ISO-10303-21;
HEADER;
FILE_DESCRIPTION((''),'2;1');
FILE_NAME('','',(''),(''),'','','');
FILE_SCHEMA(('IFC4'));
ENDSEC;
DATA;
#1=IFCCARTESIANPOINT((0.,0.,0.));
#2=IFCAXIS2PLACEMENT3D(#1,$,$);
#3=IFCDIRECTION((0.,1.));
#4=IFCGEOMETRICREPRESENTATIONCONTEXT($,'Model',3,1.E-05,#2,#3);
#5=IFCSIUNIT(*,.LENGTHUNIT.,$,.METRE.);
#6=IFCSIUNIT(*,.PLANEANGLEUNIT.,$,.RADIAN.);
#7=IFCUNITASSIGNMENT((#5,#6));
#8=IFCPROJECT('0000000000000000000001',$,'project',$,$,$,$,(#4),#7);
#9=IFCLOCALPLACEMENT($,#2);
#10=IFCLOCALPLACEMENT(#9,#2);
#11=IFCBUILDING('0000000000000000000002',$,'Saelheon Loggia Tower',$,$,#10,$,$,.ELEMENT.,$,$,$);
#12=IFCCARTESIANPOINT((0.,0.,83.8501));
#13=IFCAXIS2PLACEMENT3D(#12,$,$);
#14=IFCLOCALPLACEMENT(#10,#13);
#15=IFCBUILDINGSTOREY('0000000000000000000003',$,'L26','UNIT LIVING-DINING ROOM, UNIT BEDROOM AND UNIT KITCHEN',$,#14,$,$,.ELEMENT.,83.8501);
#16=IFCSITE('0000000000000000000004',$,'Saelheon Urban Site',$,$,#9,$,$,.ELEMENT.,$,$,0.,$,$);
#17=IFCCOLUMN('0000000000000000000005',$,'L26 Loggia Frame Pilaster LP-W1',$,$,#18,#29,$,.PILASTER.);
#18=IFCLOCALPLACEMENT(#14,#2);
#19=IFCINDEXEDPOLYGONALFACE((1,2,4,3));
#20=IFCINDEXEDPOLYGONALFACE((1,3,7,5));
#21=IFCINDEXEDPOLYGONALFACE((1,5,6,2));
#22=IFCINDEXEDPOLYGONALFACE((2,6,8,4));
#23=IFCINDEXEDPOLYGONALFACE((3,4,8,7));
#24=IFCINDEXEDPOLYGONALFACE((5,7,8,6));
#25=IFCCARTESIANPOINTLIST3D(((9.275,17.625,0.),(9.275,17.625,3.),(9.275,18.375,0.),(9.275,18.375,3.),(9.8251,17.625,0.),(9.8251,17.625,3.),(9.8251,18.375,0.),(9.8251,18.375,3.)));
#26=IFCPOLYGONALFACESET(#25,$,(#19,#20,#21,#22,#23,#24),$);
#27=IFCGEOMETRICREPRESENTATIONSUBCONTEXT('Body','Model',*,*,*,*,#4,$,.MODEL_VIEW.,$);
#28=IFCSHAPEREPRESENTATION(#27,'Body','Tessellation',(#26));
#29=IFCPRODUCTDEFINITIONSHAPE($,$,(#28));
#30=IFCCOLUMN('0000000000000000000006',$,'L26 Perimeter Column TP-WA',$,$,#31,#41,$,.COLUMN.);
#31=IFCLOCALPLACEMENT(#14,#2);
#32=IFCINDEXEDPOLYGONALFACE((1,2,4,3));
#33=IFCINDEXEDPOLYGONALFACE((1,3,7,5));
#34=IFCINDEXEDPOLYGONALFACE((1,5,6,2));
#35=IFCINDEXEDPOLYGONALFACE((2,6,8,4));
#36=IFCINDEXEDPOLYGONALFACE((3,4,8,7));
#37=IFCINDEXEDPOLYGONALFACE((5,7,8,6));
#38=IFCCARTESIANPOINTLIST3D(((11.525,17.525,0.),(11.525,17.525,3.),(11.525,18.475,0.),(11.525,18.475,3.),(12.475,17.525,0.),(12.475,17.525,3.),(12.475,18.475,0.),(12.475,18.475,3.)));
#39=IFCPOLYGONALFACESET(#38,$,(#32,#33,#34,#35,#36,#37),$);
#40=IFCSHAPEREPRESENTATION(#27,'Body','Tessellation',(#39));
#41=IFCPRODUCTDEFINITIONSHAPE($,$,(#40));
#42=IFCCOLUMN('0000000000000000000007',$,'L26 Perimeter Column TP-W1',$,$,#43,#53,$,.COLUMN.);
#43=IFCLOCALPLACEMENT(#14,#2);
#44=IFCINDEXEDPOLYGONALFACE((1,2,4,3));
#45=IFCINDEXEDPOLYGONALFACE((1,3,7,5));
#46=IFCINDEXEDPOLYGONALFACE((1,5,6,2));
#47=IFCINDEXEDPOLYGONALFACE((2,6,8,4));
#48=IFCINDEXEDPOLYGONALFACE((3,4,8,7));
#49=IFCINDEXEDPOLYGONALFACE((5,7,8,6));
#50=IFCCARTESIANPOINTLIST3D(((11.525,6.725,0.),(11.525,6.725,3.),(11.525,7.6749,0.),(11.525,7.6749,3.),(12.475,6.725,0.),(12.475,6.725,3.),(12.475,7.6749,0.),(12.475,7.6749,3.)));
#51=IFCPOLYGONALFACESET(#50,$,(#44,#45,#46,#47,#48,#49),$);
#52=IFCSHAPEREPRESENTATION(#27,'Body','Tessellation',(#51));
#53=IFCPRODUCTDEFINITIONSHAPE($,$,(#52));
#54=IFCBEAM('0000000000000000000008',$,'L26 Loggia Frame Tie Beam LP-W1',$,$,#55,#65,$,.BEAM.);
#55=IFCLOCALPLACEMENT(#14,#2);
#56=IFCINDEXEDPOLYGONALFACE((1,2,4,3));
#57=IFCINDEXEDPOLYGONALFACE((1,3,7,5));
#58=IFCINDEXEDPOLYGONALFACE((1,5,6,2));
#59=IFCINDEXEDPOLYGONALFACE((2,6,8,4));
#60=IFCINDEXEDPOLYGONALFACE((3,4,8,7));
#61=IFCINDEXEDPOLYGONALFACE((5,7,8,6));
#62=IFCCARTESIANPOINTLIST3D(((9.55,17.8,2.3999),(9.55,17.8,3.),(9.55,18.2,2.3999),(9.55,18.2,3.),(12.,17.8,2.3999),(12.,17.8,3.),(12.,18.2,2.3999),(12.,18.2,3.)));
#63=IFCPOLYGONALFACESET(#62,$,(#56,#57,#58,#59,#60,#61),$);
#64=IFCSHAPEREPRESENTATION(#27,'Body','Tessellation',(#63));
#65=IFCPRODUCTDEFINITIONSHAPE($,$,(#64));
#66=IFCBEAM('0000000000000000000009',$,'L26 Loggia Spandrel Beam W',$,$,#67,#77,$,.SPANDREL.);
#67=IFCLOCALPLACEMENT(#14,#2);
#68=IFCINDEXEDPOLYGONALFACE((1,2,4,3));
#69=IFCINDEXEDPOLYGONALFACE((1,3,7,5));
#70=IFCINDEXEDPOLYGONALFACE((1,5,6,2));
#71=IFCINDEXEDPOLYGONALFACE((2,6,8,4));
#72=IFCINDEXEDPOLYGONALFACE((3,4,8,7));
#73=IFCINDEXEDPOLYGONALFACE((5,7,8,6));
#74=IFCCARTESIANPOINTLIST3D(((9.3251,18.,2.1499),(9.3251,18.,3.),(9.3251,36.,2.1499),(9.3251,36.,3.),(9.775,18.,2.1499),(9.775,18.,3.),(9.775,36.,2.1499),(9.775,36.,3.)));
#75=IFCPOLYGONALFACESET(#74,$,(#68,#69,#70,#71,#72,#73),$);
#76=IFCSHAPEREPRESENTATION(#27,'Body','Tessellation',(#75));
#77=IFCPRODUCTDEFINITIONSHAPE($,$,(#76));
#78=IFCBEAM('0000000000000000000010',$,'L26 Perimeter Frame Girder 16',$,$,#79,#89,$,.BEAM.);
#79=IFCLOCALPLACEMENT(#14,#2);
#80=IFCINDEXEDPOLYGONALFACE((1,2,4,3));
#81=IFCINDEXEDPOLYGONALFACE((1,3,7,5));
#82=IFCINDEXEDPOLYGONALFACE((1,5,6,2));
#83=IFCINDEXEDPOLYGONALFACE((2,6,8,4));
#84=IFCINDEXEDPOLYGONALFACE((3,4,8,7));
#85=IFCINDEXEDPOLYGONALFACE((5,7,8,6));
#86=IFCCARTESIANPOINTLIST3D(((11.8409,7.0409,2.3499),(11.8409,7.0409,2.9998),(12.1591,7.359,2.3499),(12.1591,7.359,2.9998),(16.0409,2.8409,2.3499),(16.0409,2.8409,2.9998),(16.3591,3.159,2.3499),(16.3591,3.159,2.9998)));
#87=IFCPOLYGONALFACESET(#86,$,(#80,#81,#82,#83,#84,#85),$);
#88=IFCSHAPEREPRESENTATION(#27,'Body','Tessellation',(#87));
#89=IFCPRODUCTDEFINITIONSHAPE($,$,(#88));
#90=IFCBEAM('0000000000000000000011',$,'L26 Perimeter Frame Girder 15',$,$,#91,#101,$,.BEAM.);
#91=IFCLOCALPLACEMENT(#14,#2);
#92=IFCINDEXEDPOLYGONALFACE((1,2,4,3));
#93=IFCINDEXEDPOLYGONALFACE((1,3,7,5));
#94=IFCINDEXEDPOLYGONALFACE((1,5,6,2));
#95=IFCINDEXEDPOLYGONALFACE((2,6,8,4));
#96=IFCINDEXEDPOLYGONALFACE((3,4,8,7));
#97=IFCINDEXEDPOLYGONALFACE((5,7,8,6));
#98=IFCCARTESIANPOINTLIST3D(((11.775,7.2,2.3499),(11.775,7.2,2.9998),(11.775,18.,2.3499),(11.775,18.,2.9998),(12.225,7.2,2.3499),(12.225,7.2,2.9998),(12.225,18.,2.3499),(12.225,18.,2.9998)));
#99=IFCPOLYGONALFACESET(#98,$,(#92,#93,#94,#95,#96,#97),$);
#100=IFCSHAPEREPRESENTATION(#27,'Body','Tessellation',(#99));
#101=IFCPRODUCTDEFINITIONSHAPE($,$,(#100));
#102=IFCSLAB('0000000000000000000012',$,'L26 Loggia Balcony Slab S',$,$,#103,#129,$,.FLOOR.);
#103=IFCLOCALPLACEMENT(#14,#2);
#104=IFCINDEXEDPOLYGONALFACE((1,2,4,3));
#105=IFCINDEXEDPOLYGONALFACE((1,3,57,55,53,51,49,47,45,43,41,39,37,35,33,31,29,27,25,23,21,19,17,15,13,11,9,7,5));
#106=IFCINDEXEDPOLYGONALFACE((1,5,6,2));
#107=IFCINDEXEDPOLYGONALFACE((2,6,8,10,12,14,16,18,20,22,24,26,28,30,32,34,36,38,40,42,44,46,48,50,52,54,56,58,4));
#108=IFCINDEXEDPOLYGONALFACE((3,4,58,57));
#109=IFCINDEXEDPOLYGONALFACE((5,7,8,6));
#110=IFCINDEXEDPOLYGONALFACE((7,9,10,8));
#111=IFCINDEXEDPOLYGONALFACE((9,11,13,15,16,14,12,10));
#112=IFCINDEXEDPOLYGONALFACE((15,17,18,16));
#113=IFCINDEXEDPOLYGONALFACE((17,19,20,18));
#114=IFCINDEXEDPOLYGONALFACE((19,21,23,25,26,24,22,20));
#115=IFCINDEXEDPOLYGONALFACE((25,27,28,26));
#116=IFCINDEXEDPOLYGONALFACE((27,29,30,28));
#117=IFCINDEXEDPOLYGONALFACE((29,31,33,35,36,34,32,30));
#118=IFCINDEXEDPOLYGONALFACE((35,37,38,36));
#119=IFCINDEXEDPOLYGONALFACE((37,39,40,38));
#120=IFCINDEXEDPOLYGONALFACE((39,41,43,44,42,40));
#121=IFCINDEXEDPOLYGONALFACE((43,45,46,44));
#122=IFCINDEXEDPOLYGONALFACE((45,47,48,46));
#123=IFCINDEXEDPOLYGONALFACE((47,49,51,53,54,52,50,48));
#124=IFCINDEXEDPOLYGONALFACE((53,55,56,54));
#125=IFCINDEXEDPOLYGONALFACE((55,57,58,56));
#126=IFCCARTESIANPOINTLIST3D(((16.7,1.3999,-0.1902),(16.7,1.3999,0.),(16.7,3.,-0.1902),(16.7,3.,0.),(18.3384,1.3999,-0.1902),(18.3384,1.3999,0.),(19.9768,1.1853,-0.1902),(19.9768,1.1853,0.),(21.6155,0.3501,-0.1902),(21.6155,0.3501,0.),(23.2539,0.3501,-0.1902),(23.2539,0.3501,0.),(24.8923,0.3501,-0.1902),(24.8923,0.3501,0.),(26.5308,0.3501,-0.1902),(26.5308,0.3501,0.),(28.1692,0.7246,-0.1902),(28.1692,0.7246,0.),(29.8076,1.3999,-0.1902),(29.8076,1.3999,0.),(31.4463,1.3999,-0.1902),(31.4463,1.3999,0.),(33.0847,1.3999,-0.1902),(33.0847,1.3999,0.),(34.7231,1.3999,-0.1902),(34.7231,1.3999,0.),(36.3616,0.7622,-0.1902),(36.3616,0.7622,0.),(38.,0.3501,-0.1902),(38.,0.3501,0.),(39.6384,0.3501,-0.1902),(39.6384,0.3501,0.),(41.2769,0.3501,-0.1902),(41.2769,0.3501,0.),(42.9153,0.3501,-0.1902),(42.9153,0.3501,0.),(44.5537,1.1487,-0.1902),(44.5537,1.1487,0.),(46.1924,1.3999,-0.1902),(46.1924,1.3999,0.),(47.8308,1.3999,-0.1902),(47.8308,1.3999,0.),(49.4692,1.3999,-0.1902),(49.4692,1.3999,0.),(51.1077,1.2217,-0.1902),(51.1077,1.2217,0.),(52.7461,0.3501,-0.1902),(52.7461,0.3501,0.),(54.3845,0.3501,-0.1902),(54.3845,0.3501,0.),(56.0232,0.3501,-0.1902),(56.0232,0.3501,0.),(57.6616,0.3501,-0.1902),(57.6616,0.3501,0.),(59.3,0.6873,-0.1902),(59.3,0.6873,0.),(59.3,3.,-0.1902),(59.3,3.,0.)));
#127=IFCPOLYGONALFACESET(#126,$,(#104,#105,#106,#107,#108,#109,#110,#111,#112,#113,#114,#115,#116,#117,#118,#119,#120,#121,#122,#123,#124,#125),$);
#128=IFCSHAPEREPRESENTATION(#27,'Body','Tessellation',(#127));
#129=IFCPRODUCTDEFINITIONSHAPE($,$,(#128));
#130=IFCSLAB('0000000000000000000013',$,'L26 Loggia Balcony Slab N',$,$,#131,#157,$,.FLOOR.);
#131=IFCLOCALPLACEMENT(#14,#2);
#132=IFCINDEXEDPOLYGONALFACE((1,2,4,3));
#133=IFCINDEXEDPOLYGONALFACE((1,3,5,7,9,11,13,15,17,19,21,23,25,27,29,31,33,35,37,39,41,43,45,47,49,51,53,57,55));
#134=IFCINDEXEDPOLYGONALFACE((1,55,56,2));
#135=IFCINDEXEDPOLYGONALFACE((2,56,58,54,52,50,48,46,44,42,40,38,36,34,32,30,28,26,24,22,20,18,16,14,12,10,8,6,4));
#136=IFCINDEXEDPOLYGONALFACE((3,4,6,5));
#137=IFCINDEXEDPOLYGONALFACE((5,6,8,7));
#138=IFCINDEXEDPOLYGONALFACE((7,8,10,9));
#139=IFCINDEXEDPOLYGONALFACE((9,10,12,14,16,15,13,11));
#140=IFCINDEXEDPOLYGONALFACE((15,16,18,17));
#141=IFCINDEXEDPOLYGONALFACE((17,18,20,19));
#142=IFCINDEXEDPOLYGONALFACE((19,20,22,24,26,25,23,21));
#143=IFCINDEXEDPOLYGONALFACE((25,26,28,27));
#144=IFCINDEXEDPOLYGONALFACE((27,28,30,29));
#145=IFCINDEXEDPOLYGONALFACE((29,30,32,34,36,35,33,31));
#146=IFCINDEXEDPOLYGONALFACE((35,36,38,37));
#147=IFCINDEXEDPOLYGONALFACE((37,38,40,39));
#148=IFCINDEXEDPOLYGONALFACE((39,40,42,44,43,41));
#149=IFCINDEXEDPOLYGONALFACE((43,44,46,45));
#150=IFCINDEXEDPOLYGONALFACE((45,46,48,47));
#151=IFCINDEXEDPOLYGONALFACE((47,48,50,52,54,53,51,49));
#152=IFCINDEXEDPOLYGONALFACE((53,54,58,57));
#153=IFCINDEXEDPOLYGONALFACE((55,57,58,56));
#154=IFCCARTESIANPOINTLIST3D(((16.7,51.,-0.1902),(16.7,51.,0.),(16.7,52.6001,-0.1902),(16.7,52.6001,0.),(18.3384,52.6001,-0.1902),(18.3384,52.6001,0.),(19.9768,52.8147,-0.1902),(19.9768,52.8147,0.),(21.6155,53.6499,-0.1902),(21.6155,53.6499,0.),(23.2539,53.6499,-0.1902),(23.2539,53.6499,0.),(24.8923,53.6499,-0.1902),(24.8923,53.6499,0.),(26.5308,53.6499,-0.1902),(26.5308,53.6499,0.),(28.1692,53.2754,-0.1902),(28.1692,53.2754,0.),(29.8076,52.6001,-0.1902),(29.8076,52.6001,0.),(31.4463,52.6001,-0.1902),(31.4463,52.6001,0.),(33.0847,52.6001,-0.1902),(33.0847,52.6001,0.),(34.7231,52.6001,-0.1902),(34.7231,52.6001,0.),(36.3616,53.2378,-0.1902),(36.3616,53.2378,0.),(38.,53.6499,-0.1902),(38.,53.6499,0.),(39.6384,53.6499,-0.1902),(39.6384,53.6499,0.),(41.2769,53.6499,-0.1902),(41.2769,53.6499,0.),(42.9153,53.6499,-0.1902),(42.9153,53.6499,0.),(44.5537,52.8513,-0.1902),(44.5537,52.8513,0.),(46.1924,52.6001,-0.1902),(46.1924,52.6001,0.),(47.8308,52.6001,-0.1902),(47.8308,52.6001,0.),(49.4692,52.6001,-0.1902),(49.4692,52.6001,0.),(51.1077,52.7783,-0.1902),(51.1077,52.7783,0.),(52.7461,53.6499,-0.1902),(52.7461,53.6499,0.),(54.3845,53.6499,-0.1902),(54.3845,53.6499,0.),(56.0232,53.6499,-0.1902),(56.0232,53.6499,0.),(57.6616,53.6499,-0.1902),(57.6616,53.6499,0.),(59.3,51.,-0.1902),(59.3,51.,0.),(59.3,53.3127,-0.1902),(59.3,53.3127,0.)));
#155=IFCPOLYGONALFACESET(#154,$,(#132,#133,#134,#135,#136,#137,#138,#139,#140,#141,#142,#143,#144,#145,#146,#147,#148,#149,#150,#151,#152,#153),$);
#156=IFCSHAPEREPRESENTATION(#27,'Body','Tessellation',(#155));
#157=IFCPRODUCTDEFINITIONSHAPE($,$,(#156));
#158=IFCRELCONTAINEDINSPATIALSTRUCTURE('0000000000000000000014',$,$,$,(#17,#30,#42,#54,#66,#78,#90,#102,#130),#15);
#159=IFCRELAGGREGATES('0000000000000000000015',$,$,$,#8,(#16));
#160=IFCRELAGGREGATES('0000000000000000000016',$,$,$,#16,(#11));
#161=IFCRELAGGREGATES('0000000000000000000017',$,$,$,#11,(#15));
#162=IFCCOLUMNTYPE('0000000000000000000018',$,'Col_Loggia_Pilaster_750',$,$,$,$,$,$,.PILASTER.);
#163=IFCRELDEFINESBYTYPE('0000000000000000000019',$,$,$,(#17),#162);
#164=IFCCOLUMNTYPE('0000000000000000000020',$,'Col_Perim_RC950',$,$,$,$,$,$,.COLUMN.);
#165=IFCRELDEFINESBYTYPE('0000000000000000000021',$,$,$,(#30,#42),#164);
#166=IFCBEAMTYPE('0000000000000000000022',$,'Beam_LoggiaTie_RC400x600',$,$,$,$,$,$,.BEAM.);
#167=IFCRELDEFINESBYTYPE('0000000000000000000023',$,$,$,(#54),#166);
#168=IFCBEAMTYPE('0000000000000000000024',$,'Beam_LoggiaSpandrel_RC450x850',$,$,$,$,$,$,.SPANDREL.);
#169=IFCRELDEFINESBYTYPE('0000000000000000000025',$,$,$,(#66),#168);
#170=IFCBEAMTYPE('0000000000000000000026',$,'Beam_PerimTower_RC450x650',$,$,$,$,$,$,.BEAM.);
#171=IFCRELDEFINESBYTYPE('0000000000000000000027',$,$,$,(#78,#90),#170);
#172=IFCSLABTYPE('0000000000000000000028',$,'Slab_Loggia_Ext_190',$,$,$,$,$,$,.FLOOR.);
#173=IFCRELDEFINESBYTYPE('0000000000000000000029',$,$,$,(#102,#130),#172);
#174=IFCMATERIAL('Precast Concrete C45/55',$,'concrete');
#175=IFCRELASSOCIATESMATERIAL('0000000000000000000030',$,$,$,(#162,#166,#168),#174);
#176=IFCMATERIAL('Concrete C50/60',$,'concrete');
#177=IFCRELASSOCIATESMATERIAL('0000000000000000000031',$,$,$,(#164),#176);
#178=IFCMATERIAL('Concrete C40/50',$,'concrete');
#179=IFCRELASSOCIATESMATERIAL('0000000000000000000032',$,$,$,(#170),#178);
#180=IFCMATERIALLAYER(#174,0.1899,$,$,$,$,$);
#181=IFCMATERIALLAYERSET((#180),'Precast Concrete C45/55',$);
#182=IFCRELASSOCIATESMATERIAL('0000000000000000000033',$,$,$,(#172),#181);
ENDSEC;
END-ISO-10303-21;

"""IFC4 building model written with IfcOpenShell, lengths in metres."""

from ifc_helpers import new_model, si_unit, direction, frame, origin, origin_2d, place, context, subcontext, project, spatial, polyline, rectangle, outline, extrude, source, transform, mapped, material, layer, layer_set, material_profile, profile_set, type_object, element, save


model = new_model("IFC4")

# Units and contexts
model_context = context("Model", 3, precision=1e-05, world=origin(), true_north=direction((0.0, 1.0)))
body_context = subcontext(model_context, "Body", "Model", "MODEL_VIEW")
ifc_project = project(units=[si_unit("LENGTHUNIT", "METRE"), si_unit("PLANEANGLEUNIT", "RADIAN")], contexts=[model_context])

# Site, building, storey
site_placement = place(None, origin())
site = spatial("IfcSite", under=ifc_project, at=site_placement, Name="Saelheon Urban Site", CompositionType="ELEMENT", RefElevation=0.0)
building_placement = place(site_placement, origin())
building = spatial("IfcBuilding", under=site, at=building_placement, Name="Saelheon Loggia Tower", CompositionType="ELEMENT")
storey_placement = place(building_placement, frame((0.0, 0.0, 83.8501)))
storey = spatial("IfcBuildingStorey", under=building, at=storey_placement, Name="L26", Description="UNIT LIVING-DINING ROOM, UNIT BEDROOM AND UNIT KITCHEN", CompositionType="ELEMENT", Elevation=83.8501)

# Columns
ifc_material_1 = material(Name="Precast Concrete C45/55", Category="concrete")
ifc_material_profile_1 = material_profile(ifc_material_1, rectangle(XDim=0.55, YDim=0.75, at=origin_2d()), Name="RC-550x750")
ifc_profile_set_1 = profile_set([ifc_material_profile_1], Name="Precast Concrete C45/55")
column_type_1 = type_object("IfcColumnType", Name="Col_Loggia_Pilaster_750", PredefinedType="PILASTER", material=ifc_profile_set_1)
shared_shape_1 = source(origin(), body_context, "Body", "SweptSolid", [
    extrude(rectangle(XDim=0.55, YDim=0.75, at=origin_2d()), origin(), (0.0, 0.0, 1.0), 3.0),
])
column_placement = place(storey_placement, frame((9.55, 18.0, 0.0), z_axis=(0.0, 0.0, 1.0), x_axis=(1.0, 0.0, 0.0)))
element("IfcColumn", 1, at=column_placement, inside=storey, type_object=column_type_1, Name="L26 Loggia Frame Pilaster LP-W1", PredefinedType="PILASTER", context=body_context, shape_type="MappedRepresentation", body=[
    mapped(shared_shape_1, transform((0.0, 0.0, 0.0), scale=1.0)),
])
ifc_material_2 = material(Name="Concrete C50/60", Category="concrete")
ifc_material_profile_2 = material_profile(ifc_material_2, rectangle(XDim=0.95, YDim=0.95, at=origin_2d()), Name="RC-950x950")
ifc_profile_set_2 = profile_set([ifc_material_profile_2], Name="Concrete C50/60")
column_type_2 = type_object("IfcColumnType", Name="Col_Perim_RC950", PredefinedType="COLUMN", material=ifc_profile_set_2)
shared_shape_2 = source(origin(), body_context, "Body", "SweptSolid", [
    extrude(rectangle(XDim=0.95, YDim=0.95, at=origin_2d()), origin(), (0.0, 0.0, 1.0), 3.0),
])
for number, where, z_axis, x_axis, name in (
    (2, (12.0, 18.0, 0.0), (0.0, 0.0, 1.0), (1.0, 0.0, 0.0), "L26 Perimeter Column TP-WA"),
    (3, (12.0, 7.2, 0.0), (0.0, 0.0, 1.0), (1.0, 0.0, 0.0), "L26 Perimeter Column TP-W1"),
):
    element("IfcColumn", number, at=place(storey_placement, frame(where, z_axis=z_axis, x_axis=x_axis)), inside=storey, type_object=column_type_2, Name=name, PredefinedType="COLUMN", context=body_context, shape_type="MappedRepresentation", body=[
        mapped(shared_shape_2, transform((0.0, 0.0, 0.0), scale=1.0)),
    ])

# Beams
ifc_material_profile_3 = material_profile(ifc_material_1, rectangle(XDim=0.3999, YDim=0.6001, at=origin_2d()), Name="RC-400x600")
ifc_profile_set_3 = profile_set([ifc_material_profile_3], Name="Precast Concrete C45/55")
beam_type_1 = type_object("IfcBeamType", Name="Beam_LoggiaTie_RC400x600", PredefinedType="BEAM", material=ifc_profile_set_3)
shared_shape_3 = source(origin(), body_context, "Body", "SweptSolid", [
    extrude(rectangle(XDim=0.3999, YDim=0.6001, at=origin_2d()), origin(), (0.0, 0.0, 1.0), 2.45),
])
beam_1_placement = place(storey_placement, frame((12.0, 18.0, 2.7), z_axis=(-1.0, 0.0, 0.0), x_axis=(0.0, -1.0, 0.0)))
element("IfcBeam", 4, at=beam_1_placement, inside=storey, type_object=beam_type_1, Name="L26 Loggia Frame Tie Beam LP-W1", PredefinedType="BEAM", context=body_context, shape_type="MappedRepresentation", body=[
    mapped(shared_shape_3, transform((0.0, 0.0, 0.0), scale=1.0)),
])
ifc_material_profile_4 = material_profile(ifc_material_1, rectangle(XDim=0.45, YDim=0.8501, at=origin_2d()), Name="RC-450x850")
ifc_profile_set_4 = profile_set([ifc_material_profile_4], Name="Precast Concrete C45/55")
beam_type_2 = type_object("IfcBeamType", Name="Beam_LoggiaSpandrel_RC450x850", PredefinedType="SPANDREL", material=ifc_profile_set_4)
shared_shape_4 = source(origin(), body_context, "Body", "SweptSolid", [
    extrude(rectangle(XDim=0.45, YDim=0.8501, at=origin_2d()), origin(), (0.0, 0.0, 1.0), 18.0),
])
beam_2_placement = place(storey_placement, frame((9.55, 18.0, 2.575), z_axis=(0.0, 1.0, 0.0), x_axis=(-1.0, 0.0, 0.0)))
element("IfcBeam", 5, at=beam_2_placement, inside=storey, type_object=beam_type_2, Name="L26 Loggia Spandrel Beam W", PredefinedType="SPANDREL", context=body_context, shape_type="MappedRepresentation", body=[
    mapped(shared_shape_4, transform((0.0, 0.0, 0.0), scale=1.0)),
])
ifc_material_3 = material(Name="Concrete C40/50", Category="concrete")
ifc_material_profile_5 = material_profile(ifc_material_3, rectangle(XDim=0.45, YDim=0.6499, at=origin_2d()), Name="RC-450x650")
ifc_profile_set_5 = profile_set([ifc_material_profile_5], Name="Concrete C40/50")
beam_type_3 = type_object("IfcBeamType", Name="Beam_PerimTower_RC450x650", PredefinedType="BEAM", material=ifc_profile_set_5)
shared_shape_5 = source(origin(), body_context, "Body", "SweptSolid", [
    extrude(rectangle(XDim=0.45, YDim=0.6499, at=origin_2d()), origin(), (0.0, 0.0, 1.0), 5.9397),
])
beam_3_placement = place(storey_placement, frame((12.0, 7.2, 2.6748), z_axis=(0.707107, -0.707107, 0.0), x_axis=(0.707107, 0.707107, 0.0)))
element("IfcBeam", 6, at=beam_3_placement, inside=storey, type_object=beam_type_3, Name="L26 Perimeter Frame Girder 16", PredefinedType="BEAM", context=body_context, shape_type="MappedRepresentation", body=[
    mapped(shared_shape_5, transform((0.0, 0.0, 0.0), scale=1.0)),
])
shared_shape_6 = source(origin(), body_context, "Body", "SweptSolid", [
    extrude(rectangle(XDim=0.45, YDim=0.6499, at=origin_2d()), origin(), (0.0, 0.0, 1.0), 10.8),
])
beam_4_placement = place(storey_placement, frame((12.0, 18.0, 2.6748), z_axis=(0.0, -1.0, 0.0), x_axis=(1.0, 0.0, 0.0)))
element("IfcBeam", 7, at=beam_4_placement, inside=storey, type_object=beam_type_3, Name="L26 Perimeter Frame Girder 15", PredefinedType="BEAM", context=body_context, shape_type="MappedRepresentation", body=[
    mapped(shared_shape_6, transform((0.0, 0.0, 0.0), scale=1.0)),
])

# Slabs
ifc_layer_1 = layer(ifc_material_1, 0.1899)
ifc_layer_set_1 = layer_set([ifc_layer_1], Name="Precast Concrete C45/55")
slab_type_1 = type_object("IfcSlabType", Name="Slab_Loggia_Ext_190", PredefinedType="FLOOR", material=ifc_layer_set_1)
slab_1_placement = place(storey_placement, frame((0.0, 0.0, -0.1902)))
element("IfcSlab", 8, at=slab_1_placement, inside=storey, type_object=slab_type_1, Name="L26 Loggia Balcony Slab S", PredefinedType="FLOOR", context=body_context, shape_type="SweptSolid", body=[
    extrude(outline(polyline([(16.7, 1.3999), (18.3384, 1.3999), (19.9768, 1.1853), (21.6155, 0.3501), (23.2539, 0.3501), (24.8923, 0.3501), (26.5308, 0.3501), (28.1692, 0.7246), (29.8076, 1.3999), (31.4463, 1.3999), (33.0847, 1.3999), (34.7231, 1.3999), (36.3616, 0.7622), (38.0, 0.3501), (39.6384, 0.3501), (41.2769, 0.3501), (42.9153, 0.3501), (44.5537, 1.1487), (46.1924, 1.3999), (47.8308, 1.3999), (49.4692, 1.3999), (51.1077, 1.2217), (52.7461, 0.3501), (54.3845, 0.3501), (56.0232, 0.3501), (57.6616, 0.3501), (59.3, 0.6873), (59.3, 3.0), (16.7, 3.0), (16.7, 1.3999)])), origin(), (0.0, 0.0, 1.0), 0.1902),
])
slab_2_placement = place(storey_placement, frame((0.0, 0.0, -0.1902)))
element("IfcSlab", 9, at=slab_2_placement, inside=storey, type_object=slab_type_1, Name="L26 Loggia Balcony Slab N", PredefinedType="FLOOR", context=body_context, shape_type="SweptSolid", body=[
    extrude(outline(polyline([(16.7, 51.0), (59.3, 51.0), (59.3, 53.3127), (57.6616, 53.6499), (56.0232, 53.6499), (54.3845, 53.6499), (52.7461, 53.6499), (51.1077, 52.7783), (49.4692, 52.6001), (47.8308, 52.6001), (46.1924, 52.6001), (44.5537, 52.8513), (42.9153, 53.6499), (41.2769, 53.6499), (39.6384, 53.6499), (38.0, 53.6499), (36.3616, 53.2378), (34.7231, 52.6001), (33.0847, 52.6001), (31.4463, 52.6001), (29.8076, 52.6001), (28.1692, 53.2754), (26.5308, 53.6499), (24.8923, 53.6499), (23.2539, 53.6499), (21.6155, 53.6499), (19.9768, 52.8147), (18.3384, 52.6001), (16.7, 52.6001), (16.7, 51.0)])), origin(), (0.0, 0.0, 1.0), 0.1902),
])

save(model, "model.ifc")
